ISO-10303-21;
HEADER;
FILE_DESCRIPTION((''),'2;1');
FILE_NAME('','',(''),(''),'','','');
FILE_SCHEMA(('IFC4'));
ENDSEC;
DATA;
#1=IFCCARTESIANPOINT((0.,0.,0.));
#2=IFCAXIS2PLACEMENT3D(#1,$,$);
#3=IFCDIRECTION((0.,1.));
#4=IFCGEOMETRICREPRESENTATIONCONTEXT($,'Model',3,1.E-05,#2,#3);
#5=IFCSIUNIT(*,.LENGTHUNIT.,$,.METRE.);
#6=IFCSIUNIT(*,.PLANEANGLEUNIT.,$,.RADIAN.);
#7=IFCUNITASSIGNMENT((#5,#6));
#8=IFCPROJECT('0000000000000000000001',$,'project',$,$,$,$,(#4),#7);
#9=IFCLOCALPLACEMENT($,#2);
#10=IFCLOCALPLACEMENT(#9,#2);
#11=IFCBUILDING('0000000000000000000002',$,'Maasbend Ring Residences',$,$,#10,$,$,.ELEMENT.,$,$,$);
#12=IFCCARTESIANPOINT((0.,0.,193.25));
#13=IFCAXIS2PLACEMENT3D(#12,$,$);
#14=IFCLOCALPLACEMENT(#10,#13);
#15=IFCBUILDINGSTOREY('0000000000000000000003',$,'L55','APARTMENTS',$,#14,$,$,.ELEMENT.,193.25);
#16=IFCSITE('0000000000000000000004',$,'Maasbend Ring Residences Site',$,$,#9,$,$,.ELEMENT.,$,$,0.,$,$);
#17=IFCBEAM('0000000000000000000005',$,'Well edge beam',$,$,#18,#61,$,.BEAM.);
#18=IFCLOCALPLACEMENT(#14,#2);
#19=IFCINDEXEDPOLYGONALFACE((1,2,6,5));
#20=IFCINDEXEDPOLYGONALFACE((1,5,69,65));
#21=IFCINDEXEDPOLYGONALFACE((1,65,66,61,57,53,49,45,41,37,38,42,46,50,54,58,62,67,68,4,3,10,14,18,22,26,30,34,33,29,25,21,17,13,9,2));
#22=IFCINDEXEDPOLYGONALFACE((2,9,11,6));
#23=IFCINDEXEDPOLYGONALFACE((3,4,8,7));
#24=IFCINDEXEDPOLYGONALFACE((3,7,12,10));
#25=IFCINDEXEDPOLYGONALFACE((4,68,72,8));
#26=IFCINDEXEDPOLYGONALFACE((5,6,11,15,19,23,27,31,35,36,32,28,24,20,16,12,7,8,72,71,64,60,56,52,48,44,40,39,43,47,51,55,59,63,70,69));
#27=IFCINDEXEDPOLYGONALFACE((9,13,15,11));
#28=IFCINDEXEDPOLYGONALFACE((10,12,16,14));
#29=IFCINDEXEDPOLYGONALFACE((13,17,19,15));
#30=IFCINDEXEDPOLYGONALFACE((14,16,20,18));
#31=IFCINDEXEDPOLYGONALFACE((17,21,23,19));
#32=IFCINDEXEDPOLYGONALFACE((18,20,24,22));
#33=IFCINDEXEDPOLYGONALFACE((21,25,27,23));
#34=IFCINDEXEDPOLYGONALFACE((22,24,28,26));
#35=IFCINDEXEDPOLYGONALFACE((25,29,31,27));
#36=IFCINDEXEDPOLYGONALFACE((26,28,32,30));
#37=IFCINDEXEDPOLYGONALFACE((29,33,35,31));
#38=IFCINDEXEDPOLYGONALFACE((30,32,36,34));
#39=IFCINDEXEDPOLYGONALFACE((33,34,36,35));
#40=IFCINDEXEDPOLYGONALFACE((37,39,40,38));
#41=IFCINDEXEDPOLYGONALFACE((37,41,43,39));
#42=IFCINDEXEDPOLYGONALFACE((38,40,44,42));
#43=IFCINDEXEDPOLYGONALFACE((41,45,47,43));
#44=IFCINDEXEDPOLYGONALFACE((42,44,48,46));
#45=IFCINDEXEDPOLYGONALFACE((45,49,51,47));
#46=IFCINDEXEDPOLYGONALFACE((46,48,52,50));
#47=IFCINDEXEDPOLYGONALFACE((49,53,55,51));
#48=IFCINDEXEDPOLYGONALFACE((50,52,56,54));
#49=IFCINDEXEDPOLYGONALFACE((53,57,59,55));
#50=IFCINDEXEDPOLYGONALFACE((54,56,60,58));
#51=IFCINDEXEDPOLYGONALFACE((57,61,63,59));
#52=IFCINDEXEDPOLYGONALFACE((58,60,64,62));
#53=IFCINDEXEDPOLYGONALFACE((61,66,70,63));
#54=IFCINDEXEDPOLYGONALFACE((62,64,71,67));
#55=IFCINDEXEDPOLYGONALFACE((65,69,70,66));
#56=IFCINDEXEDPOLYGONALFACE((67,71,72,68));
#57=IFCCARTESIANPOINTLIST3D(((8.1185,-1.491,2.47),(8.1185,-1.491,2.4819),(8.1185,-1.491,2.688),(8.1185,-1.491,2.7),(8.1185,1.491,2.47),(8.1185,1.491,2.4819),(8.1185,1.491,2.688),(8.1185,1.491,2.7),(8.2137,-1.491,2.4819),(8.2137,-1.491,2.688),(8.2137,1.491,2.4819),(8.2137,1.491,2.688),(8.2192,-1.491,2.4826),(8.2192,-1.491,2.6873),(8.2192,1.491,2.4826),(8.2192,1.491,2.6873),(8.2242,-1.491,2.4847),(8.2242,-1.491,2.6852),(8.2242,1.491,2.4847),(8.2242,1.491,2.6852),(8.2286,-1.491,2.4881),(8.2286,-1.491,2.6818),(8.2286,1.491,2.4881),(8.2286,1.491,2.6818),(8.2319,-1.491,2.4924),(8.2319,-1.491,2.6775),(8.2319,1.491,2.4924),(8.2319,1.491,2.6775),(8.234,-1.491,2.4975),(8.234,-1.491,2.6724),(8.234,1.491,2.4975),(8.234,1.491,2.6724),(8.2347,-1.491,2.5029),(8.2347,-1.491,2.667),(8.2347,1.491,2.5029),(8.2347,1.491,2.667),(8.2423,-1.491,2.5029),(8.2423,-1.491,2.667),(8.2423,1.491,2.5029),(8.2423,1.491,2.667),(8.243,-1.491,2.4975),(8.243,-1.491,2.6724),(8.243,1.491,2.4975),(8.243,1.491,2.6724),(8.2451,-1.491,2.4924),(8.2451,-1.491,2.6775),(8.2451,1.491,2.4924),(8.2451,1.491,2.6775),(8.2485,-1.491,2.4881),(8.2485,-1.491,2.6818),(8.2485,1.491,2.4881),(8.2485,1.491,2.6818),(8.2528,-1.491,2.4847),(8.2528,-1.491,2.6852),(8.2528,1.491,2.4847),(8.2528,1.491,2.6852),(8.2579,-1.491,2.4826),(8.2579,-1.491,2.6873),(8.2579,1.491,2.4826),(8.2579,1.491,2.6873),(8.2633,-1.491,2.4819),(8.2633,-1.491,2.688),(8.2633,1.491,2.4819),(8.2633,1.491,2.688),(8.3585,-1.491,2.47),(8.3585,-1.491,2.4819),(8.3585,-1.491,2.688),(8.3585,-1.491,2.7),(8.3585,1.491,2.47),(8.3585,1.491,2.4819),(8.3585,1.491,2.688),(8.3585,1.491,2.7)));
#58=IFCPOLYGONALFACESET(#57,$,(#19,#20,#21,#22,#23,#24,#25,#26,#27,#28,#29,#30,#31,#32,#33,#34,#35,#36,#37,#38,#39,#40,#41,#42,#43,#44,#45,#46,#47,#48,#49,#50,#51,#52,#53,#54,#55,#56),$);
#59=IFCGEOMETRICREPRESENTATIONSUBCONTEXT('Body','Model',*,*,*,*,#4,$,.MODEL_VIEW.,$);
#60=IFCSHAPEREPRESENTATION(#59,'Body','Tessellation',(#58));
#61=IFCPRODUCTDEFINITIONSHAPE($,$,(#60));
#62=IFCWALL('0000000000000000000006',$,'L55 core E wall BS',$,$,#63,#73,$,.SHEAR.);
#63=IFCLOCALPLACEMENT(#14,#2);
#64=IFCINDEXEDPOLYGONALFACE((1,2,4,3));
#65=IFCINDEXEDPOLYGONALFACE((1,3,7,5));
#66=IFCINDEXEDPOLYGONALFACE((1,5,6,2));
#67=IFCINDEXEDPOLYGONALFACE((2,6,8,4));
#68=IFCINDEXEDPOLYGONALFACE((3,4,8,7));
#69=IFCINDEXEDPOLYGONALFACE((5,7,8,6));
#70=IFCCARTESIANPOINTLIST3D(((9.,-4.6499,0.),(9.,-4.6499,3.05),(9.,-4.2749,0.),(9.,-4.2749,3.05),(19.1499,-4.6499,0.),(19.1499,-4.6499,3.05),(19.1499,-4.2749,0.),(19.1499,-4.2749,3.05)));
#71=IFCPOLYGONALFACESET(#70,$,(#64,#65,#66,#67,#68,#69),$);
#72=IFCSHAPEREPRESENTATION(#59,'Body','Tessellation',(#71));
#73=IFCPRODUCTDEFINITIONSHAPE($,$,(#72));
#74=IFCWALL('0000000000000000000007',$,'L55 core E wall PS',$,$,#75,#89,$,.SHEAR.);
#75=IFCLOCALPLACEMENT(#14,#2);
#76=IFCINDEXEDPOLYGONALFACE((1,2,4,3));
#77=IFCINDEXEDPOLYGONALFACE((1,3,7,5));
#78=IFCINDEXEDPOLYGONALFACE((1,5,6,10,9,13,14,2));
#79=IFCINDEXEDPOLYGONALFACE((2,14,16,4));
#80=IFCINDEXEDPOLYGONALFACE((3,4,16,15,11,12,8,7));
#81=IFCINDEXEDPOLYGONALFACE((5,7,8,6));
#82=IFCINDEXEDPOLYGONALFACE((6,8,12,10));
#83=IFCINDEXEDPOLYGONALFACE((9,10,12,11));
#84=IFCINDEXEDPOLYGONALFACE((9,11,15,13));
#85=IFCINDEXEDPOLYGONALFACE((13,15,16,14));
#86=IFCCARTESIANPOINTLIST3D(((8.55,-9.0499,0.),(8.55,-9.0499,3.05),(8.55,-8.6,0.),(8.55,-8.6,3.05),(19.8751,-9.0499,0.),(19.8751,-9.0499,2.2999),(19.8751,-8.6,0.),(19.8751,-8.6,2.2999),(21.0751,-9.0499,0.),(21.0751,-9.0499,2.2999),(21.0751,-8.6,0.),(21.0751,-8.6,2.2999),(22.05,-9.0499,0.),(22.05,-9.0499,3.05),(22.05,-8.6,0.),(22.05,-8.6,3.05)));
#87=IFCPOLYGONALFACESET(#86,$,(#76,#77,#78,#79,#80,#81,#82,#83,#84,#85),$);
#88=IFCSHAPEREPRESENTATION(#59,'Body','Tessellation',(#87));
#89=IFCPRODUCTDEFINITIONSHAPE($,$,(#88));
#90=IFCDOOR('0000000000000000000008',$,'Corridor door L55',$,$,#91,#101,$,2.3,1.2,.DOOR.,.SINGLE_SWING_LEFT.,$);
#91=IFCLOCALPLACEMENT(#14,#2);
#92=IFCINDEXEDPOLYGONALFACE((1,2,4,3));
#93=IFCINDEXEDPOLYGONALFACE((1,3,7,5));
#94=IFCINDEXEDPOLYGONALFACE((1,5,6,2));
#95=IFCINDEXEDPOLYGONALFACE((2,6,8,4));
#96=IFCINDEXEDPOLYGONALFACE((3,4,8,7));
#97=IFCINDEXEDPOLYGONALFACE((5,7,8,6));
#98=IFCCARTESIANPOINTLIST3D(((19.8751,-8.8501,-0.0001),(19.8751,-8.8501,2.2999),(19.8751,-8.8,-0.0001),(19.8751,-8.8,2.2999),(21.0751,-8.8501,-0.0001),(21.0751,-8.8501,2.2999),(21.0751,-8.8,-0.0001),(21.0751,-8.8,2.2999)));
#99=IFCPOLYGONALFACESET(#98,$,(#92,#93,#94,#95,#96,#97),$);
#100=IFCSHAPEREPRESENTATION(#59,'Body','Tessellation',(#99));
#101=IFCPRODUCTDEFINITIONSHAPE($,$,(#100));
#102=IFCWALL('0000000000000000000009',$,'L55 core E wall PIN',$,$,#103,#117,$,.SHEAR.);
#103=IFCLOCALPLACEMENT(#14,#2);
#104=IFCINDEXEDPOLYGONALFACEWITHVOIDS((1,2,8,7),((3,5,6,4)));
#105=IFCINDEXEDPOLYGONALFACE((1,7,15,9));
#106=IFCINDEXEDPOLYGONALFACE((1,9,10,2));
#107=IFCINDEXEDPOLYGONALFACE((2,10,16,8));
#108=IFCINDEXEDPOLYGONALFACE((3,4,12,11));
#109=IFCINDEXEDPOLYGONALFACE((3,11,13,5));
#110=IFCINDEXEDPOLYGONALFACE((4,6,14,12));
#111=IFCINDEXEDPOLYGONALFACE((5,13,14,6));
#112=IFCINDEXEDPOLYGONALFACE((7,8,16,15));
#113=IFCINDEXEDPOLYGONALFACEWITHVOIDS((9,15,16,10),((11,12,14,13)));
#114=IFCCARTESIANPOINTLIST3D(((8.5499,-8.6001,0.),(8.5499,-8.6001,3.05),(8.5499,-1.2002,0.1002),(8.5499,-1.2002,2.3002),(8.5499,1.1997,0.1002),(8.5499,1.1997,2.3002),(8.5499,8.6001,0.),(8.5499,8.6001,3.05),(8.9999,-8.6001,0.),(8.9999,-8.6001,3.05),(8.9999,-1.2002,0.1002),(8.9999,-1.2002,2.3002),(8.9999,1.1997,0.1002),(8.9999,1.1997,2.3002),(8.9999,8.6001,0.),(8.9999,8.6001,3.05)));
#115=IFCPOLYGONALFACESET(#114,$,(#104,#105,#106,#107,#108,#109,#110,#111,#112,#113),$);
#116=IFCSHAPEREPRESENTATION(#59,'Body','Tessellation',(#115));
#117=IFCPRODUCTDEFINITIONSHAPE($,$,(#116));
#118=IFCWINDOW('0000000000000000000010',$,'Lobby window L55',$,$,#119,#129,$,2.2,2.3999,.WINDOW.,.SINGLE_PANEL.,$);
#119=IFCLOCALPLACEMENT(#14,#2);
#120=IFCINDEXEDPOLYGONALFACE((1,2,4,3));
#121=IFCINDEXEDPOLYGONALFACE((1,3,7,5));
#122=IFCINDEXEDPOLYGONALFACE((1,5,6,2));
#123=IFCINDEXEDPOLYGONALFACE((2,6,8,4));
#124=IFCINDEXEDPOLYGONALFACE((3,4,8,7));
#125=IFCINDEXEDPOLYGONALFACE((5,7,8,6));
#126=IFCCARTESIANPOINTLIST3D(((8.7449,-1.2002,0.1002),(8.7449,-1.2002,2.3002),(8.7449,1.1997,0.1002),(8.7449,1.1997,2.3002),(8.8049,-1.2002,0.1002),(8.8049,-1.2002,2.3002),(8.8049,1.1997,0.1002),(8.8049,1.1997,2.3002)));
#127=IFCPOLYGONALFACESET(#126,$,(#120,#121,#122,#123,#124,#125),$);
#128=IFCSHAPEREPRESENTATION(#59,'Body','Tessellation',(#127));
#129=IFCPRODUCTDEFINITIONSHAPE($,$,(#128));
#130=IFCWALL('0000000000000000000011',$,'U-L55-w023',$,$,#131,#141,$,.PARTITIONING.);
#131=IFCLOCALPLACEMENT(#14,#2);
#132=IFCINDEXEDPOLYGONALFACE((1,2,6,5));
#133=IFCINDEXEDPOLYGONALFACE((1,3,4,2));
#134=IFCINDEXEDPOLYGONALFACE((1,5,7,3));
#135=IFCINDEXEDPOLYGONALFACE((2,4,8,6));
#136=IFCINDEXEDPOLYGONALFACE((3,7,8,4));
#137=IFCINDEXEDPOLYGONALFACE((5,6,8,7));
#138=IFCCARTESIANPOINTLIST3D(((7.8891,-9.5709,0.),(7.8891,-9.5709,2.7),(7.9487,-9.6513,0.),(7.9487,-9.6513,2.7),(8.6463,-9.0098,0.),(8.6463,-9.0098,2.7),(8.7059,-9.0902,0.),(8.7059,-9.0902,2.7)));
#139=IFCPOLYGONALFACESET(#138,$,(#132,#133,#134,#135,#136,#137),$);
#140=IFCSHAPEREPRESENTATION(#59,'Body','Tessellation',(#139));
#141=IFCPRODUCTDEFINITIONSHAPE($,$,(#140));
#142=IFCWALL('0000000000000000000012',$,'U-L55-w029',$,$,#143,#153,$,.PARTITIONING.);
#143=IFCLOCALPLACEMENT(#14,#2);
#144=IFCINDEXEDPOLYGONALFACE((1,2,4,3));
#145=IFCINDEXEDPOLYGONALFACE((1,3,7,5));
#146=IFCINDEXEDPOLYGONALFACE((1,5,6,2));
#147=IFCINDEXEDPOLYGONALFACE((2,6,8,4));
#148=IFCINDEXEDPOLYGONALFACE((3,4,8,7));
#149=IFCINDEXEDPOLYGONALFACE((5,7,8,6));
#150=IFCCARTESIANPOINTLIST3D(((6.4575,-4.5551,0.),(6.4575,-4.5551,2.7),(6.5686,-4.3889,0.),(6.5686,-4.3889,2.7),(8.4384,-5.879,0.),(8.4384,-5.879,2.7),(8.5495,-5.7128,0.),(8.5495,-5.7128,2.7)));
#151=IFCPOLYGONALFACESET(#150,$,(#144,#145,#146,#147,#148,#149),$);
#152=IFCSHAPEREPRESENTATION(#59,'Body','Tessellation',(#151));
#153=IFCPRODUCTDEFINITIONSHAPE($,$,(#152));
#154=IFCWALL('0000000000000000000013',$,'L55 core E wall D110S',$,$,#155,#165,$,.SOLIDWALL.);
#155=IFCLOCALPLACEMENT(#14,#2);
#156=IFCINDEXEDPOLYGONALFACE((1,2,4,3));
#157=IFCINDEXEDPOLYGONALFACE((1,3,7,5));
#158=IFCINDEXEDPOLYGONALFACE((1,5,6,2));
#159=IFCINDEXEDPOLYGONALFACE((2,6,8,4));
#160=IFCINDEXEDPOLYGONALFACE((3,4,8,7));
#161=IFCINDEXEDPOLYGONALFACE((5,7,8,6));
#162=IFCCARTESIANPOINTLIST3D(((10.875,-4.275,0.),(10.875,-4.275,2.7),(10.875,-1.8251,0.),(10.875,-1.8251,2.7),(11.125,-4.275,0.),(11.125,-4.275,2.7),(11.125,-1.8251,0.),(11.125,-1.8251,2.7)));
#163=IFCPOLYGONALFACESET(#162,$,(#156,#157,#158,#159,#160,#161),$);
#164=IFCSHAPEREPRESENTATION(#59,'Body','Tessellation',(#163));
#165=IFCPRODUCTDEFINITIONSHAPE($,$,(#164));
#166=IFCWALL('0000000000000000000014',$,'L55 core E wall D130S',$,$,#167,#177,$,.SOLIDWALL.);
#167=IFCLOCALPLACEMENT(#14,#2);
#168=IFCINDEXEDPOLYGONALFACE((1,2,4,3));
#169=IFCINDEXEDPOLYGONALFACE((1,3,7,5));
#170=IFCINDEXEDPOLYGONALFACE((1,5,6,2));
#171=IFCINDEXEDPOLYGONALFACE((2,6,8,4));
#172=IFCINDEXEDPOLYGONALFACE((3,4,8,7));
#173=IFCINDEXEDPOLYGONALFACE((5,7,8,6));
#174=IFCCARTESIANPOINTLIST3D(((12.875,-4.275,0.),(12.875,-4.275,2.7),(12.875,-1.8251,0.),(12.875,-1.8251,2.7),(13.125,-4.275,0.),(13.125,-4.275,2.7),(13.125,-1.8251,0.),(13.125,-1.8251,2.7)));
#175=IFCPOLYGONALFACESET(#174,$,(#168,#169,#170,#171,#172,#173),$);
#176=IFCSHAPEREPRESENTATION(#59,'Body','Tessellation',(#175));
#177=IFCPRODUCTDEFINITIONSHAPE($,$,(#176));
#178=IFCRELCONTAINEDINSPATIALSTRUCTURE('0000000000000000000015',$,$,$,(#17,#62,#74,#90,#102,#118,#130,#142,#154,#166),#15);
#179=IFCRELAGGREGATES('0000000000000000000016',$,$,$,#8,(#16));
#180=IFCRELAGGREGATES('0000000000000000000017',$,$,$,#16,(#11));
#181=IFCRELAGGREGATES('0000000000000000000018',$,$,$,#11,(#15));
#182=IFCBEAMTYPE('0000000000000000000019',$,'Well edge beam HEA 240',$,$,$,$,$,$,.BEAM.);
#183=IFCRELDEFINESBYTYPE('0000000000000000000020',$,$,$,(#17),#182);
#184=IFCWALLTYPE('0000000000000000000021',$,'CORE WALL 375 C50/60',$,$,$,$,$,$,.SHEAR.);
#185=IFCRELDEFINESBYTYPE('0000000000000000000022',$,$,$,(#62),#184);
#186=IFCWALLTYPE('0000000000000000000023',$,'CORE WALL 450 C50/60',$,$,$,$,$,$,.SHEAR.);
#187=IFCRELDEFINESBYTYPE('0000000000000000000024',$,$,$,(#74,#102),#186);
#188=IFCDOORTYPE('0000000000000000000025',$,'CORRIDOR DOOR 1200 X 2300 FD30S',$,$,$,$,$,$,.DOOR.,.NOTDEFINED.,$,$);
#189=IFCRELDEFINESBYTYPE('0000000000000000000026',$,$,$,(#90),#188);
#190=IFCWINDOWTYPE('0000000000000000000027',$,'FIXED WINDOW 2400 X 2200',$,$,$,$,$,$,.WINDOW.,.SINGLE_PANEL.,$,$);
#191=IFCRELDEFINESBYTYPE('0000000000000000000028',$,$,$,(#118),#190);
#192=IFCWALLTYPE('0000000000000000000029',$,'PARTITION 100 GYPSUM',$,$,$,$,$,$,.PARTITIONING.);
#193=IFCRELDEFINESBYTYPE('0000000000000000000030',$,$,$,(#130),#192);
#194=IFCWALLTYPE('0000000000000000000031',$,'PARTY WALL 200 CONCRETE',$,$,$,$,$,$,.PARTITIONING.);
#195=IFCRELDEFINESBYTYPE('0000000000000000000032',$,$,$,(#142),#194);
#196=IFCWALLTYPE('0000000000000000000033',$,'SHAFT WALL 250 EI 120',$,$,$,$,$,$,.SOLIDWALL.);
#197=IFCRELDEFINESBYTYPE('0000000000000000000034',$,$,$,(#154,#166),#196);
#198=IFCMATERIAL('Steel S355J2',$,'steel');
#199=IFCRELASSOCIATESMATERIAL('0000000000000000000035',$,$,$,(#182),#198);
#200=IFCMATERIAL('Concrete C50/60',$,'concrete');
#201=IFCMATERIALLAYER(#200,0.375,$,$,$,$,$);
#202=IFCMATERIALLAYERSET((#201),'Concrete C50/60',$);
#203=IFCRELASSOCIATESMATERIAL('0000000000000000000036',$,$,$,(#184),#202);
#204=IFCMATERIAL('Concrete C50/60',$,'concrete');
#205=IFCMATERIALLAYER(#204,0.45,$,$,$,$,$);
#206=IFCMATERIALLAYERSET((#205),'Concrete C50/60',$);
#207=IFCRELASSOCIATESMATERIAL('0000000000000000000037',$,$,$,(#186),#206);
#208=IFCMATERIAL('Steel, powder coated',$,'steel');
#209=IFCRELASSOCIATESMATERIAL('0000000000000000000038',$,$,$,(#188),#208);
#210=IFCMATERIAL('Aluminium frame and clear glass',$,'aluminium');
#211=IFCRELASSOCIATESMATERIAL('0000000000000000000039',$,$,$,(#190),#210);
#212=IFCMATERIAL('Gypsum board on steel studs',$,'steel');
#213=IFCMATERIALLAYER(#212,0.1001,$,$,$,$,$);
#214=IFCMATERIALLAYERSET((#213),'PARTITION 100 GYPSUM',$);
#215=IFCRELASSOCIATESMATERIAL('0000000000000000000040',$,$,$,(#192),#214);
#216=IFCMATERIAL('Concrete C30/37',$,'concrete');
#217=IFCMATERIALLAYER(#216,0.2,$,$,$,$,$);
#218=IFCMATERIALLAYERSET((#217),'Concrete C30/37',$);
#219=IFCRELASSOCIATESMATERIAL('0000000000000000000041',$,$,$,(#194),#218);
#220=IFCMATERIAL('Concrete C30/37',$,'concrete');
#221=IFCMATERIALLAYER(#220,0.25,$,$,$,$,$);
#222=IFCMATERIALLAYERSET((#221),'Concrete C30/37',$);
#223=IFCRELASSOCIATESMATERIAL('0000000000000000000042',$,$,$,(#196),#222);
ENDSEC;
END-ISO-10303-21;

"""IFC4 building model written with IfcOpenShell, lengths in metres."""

from ifc_helpers import new_model, si_unit, direction, frame, frame_2d, origin, origin_2d, place, context, subcontext, project, spatial, rectangle, i_section, extrude, material, layer, layer_set, material_profile, profile_set, type_object, element, fill, save


model = new_model("IFC4")

# Units and contexts
model_context = context("Model", 3, precision=1e-05, world=origin(), true_north=direction((0.0, 1.0)))
body_context = subcontext(model_context, "Body", "Model", "MODEL_VIEW")
ifc_project = project(units=[si_unit("LENGTHUNIT", "METRE"), si_unit("PLANEANGLEUNIT", "RADIAN")], contexts=[model_context])

# Site, building, storey
site_placement = place(None, origin())
site = spatial("IfcSite", under=ifc_project, at=site_placement, Name="Maasbend Ring Residences Site", CompositionType="ELEMENT", RefElevation=0.0)
building_placement = place(site_placement, origin())
building = spatial("IfcBuilding", under=site, at=building_placement, Name="Maasbend Ring Residences", CompositionType="ELEMENT")
storey_placement = place(building_placement, frame((0.0, 0.0, 193.25)))
storey = spatial("IfcBuildingStorey", under=building, at=storey_placement, Name="L55", Description="APARTMENTS", CompositionType="ELEMENT", Elevation=193.25)

# Beam
ifc_material_1 = material(Name="Steel S355J2", Category="steel")
ifc_material_profile_1 = material_profile(ifc_material_1, i_section(OverallWidth=0.24, OverallDepth=0.23, WebThickness=0.0076, FlangeThickness=0.012, FilletRadius=0.021, at=origin_2d()), Name="HEA 240")
ifc_profile_set_1 = profile_set([ifc_material_profile_1], Name="Steel S355J2")
beam_type = type_object("IfcBeamType", Name="Well edge beam HEA 240", PredefinedType="BEAM", material=ifc_profile_set_1)
beam_1_placement = place(storey_placement, frame((8.2385, -1.491, 2.585), z_axis=(0.0, 1.0, 0.0), x_axis=(-1.0, 0.0, 0.0)))
element("IfcBeam", 1, at=beam_1_placement, inside=storey, type_object=beam_type, Name="Well edge beam", PredefinedType="BEAM", context=body_context, shape_type="SweptSolid", body=[
    extrude(i_section(OverallWidth=0.24, OverallDepth=0.23, WebThickness=0.0076, FlangeThickness=0.012, FilletRadius=0.021, at=origin_2d()), origin(), (0.0, 0.0, 1.0), 2.9819),
])

# Wall
ifc_material_2 = material(Name="Concrete C50/60", Category="concrete")
ifc_layer_1 = layer(ifc_material_2, 0.375)
ifc_layer_set_1 = layer_set([ifc_layer_1], Name="Concrete C50/60")
wall_type_1 = type_object("IfcWallType", Name="CORE WALL 375 C50/60", PredefinedType="SHEAR", material=ifc_layer_set_1)
wall_1_placement = place(storey_placement, frame((9.0, -4.4624, 0.0), z_axis=(0.0, 0.0, 1.0), x_axis=(1.0, 0.0, 0.0)))
element("IfcWall", 2, at=wall_1_placement, inside=storey, type_object=wall_type_1, Name="L55 core E wall BS", PredefinedType="SHEAR", context=body_context, shape_type="SweptSolid", body=[
    extrude(rectangle(XDim=10.1499, YDim=0.375, at=frame_2d((5.075, 0.0))), origin(), (0.0, 0.0, 1.0), 3.05),
])

# Wall, opening, door
ifc_material_3 = material(Name="Concrete C50/60", Category="concrete")
ifc_layer_2 = layer(ifc_material_3, 0.45)
ifc_layer_set_2 = layer_set([ifc_layer_2], Name="Concrete C50/60")
wall_type_2 = type_object("IfcWallType", Name="CORE WALL 450 C50/60", PredefinedType="SHEAR", material=ifc_layer_set_2)
wall_2_placement = place(storey_placement, frame((8.55, -8.825, 0.0), z_axis=(0.0, 0.0, 1.0), x_axis=(1.0, 0.0, 0.0)))
wall_2 = element("IfcWall", 3, at=wall_2_placement, inside=storey, type_object=wall_type_2, Name="L55 core E wall PS", PredefinedType="SHEAR", context=body_context, shape_type="SweptSolid", body=[
    extrude(rectangle(XDim=13.5, YDim=0.45, at=frame_2d((6.75, 0.0))), origin(), (0.0, 0.0, 1.0), 3.05),
])
opening_1_placement = place(wall_2_placement, frame((11.325, 0.0, 0.0)))
opening_1 = element("IfcOpeningElement", 4, at=opening_1_placement, cuts=wall_2, PredefinedType="OPENING", context=body_context, shape_type="SweptSolid", body=[
    extrude(rectangle(XDim=1.2, YDim=2.3, at=frame_2d((0.6001, 1.1499))), frame((0.0, 0.2349, 0.0), z_axis=(0.0, -1.0, 0.0), x_axis=(1.0, 0.0, 0.0)), (0.0, 0.0, 1.0), 0.47),
])
ifc_material_4 = material(Name="Steel, powder coated", Category="steel")
door_type = type_object("IfcDoorType", Name="CORRIDOR DOOR 1200 X 2300 FD30S", OperationType="NOTDEFINED", PredefinedType="DOOR", material=ifc_material_4)
door_placement = place(opening_1_placement, origin())
door = element("IfcDoor", 5, at=door_placement, inside=storey, type_object=door_type, Name="Corridor door L55", OperationType="SINGLE_SWING_LEFT", OverallHeight=2.3, OverallWidth=1.2, PredefinedType="DOOR", context=body_context, shape_type="SweptSolid", body=[
    extrude(rectangle(XDim=1.2, YDim=2.3, at=frame_2d((0.6001, 1.1499))), frame((0.0, 0.0249, 0.0), z_axis=(0.0, -1.0, 0.0), x_axis=(1.0, 0.0, 0.0)), (0.0, 0.0, 1.0), 0.05),
])
fill(opening_1, door)

# Wall, opening, window
wall_3_placement = place(storey_placement, frame((8.7749, -8.6001, 0.0), z_axis=(0.0, 0.0, 1.0), x_axis=(0.0, 1.0, 0.0)))
wall_3 = element("IfcWall", 6, at=wall_3_placement, inside=storey, type_object=wall_type_2, Name="L55 core E wall PIN", PredefinedType="SHEAR", context=body_context, shape_type="SweptSolid", body=[
    extrude(rectangle(XDim=17.2002, YDim=0.45, at=frame_2d((8.6001, 0.0))), origin(), (0.0, 0.0, 1.0), 3.05),
])
opening_2_placement = place(wall_3_placement, frame((7.3999, 0.0, 0.1001)))
opening_2 = element("IfcOpeningElement", 7, at=opening_2_placement, cuts=wall_3, PredefinedType="OPENING", context=body_context, shape_type="SweptSolid", body=[
    extrude(rectangle(XDim=2.3999, YDim=2.2, at=frame_2d((1.2, 1.1001))), frame((0.0, 0.2349, 0.0), z_axis=(0.0, -1.0, 0.0), x_axis=(1.0, 0.0, 0.0)), (0.0, 0.0, 1.0), 0.47),
])
ifc_material_5 = material(Name="Aluminium frame and clear glass", Category="aluminium")
window_type = type_object("IfcWindowType", Name="FIXED WINDOW 2400 X 2200", PartitioningType="SINGLE_PANEL", PredefinedType="WINDOW", material=ifc_material_5)
window_placement = place(opening_2_placement, origin())
window = element("IfcWindow", 8, at=window_placement, inside=storey, type_object=window_type, Name="Lobby window L55", OverallHeight=2.2, OverallWidth=2.3999, PartitioningType="SINGLE_PANEL", PredefinedType="WINDOW", context=body_context, shape_type="SweptSolid", body=[
    extrude(rectangle(XDim=2.3999, YDim=2.2, at=frame_2d((1.2, 1.1001))), frame((0.0, 0.03, 0.0), z_axis=(0.0, -1.0, 0.0), x_axis=(1.0, 0.0, 0.0)), (0.0, 0.0, 1.0), 0.0601),
])
fill(opening_2, window)

# Walls
ifc_material_6 = material(Name="Gypsum board on steel studs", Category="steel")
ifc_layer_3 = layer(ifc_material_6, 0.1001)
ifc_layer_set_3 = layer_set([ifc_layer_3], Name="PARTITION 100 GYPSUM")
wall_type_3 = type_object("IfcWallType", Name="PARTITION 100 GYPSUM", PredefinedType="PARTITIONING", material=ifc_layer_set_3)
wall_4_placement = place(storey_placement, frame((7.9189, -9.6111, 0.0), z_axis=(0.0, 0.0, 1.0), x_axis=(0.803438, 0.595389, 0.0)))
element("IfcWall", 9, at=wall_4_placement, inside=storey, type_object=wall_type_3, Name="U-L55-w023", PredefinedType="PARTITIONING", context=body_context, shape_type="SweptSolid", body=[
    extrude(rectangle(XDim=0.9424, YDim=0.1001, at=frame_2d((0.4712, 0.0))), origin(), (0.0, 0.0, 1.0), 2.7),
])
ifc_material_7 = material(Name="Concrete C30/37", Category="concrete")
ifc_layer_4 = layer(ifc_material_7, 0.2)
ifc_layer_set_4 = layer_set([ifc_layer_4], Name="Concrete C30/37")
wall_type_4 = type_object("IfcWallType", Name="PARTY WALL 200 CONCRETE", PredefinedType="PARTITIONING", material=ifc_layer_set_4)
wall_5_placement = place(storey_placement, frame((6.5129, -4.4719, 0.0), z_axis=(0.0, 0.0, 1.0), x_axis=(0.831403, -0.555669, 0.0)))
element("IfcWall", 10, at=wall_5_placement, inside=storey, type_object=wall_type_4, Name="U-L55-w029", PredefinedType="PARTITIONING", context=body_context, shape_type="SweptSolid", body=[
    extrude(rectangle(XDim=2.3826, YDim=0.2, at=frame_2d((1.1914, 0.0))), origin(), (0.0, 0.0, 1.0), 2.7),
])
ifc_material_8 = material(Name="Concrete C30/37", Category="concrete")
ifc_layer_5 = layer(ifc_material_8, 0.25)
ifc_layer_set_5 = layer_set([ifc_layer_5], Name="Concrete C30/37")
wall_type_5 = type_object("IfcWallType", Name="SHAFT WALL 250 EI 120", PredefinedType="SOLIDWALL", material=ifc_layer_set_5)
for number, where, z_axis, x_axis, name in (
    (11, (11.0, -1.825, 0.0), (0.0, 0.0, 1.0), (0.0, -1.0, 0.0), "L55 core E wall D110S"),
    (12, (13.0, -1.825, 0.0), (0.0, 0.0, 1.0), (0.0, -1.0, 0.0), "L55 core E wall D130S"),
):
    element("IfcWall", number, at=place(storey_placement, frame(where, z_axis=z_axis, x_axis=x_axis)), inside=storey, type_object=wall_type_5, Name=name, PredefinedType="SOLIDWALL", context=body_context, shape_type="SweptSolid", body=[
        extrude(rectangle(XDim=2.45, YDim=0.25, at=frame_2d((1.2251, 0.0))), origin(), (0.0, 0.0, 1.0), 2.7),
    ])

save(model, "model.ifc")
